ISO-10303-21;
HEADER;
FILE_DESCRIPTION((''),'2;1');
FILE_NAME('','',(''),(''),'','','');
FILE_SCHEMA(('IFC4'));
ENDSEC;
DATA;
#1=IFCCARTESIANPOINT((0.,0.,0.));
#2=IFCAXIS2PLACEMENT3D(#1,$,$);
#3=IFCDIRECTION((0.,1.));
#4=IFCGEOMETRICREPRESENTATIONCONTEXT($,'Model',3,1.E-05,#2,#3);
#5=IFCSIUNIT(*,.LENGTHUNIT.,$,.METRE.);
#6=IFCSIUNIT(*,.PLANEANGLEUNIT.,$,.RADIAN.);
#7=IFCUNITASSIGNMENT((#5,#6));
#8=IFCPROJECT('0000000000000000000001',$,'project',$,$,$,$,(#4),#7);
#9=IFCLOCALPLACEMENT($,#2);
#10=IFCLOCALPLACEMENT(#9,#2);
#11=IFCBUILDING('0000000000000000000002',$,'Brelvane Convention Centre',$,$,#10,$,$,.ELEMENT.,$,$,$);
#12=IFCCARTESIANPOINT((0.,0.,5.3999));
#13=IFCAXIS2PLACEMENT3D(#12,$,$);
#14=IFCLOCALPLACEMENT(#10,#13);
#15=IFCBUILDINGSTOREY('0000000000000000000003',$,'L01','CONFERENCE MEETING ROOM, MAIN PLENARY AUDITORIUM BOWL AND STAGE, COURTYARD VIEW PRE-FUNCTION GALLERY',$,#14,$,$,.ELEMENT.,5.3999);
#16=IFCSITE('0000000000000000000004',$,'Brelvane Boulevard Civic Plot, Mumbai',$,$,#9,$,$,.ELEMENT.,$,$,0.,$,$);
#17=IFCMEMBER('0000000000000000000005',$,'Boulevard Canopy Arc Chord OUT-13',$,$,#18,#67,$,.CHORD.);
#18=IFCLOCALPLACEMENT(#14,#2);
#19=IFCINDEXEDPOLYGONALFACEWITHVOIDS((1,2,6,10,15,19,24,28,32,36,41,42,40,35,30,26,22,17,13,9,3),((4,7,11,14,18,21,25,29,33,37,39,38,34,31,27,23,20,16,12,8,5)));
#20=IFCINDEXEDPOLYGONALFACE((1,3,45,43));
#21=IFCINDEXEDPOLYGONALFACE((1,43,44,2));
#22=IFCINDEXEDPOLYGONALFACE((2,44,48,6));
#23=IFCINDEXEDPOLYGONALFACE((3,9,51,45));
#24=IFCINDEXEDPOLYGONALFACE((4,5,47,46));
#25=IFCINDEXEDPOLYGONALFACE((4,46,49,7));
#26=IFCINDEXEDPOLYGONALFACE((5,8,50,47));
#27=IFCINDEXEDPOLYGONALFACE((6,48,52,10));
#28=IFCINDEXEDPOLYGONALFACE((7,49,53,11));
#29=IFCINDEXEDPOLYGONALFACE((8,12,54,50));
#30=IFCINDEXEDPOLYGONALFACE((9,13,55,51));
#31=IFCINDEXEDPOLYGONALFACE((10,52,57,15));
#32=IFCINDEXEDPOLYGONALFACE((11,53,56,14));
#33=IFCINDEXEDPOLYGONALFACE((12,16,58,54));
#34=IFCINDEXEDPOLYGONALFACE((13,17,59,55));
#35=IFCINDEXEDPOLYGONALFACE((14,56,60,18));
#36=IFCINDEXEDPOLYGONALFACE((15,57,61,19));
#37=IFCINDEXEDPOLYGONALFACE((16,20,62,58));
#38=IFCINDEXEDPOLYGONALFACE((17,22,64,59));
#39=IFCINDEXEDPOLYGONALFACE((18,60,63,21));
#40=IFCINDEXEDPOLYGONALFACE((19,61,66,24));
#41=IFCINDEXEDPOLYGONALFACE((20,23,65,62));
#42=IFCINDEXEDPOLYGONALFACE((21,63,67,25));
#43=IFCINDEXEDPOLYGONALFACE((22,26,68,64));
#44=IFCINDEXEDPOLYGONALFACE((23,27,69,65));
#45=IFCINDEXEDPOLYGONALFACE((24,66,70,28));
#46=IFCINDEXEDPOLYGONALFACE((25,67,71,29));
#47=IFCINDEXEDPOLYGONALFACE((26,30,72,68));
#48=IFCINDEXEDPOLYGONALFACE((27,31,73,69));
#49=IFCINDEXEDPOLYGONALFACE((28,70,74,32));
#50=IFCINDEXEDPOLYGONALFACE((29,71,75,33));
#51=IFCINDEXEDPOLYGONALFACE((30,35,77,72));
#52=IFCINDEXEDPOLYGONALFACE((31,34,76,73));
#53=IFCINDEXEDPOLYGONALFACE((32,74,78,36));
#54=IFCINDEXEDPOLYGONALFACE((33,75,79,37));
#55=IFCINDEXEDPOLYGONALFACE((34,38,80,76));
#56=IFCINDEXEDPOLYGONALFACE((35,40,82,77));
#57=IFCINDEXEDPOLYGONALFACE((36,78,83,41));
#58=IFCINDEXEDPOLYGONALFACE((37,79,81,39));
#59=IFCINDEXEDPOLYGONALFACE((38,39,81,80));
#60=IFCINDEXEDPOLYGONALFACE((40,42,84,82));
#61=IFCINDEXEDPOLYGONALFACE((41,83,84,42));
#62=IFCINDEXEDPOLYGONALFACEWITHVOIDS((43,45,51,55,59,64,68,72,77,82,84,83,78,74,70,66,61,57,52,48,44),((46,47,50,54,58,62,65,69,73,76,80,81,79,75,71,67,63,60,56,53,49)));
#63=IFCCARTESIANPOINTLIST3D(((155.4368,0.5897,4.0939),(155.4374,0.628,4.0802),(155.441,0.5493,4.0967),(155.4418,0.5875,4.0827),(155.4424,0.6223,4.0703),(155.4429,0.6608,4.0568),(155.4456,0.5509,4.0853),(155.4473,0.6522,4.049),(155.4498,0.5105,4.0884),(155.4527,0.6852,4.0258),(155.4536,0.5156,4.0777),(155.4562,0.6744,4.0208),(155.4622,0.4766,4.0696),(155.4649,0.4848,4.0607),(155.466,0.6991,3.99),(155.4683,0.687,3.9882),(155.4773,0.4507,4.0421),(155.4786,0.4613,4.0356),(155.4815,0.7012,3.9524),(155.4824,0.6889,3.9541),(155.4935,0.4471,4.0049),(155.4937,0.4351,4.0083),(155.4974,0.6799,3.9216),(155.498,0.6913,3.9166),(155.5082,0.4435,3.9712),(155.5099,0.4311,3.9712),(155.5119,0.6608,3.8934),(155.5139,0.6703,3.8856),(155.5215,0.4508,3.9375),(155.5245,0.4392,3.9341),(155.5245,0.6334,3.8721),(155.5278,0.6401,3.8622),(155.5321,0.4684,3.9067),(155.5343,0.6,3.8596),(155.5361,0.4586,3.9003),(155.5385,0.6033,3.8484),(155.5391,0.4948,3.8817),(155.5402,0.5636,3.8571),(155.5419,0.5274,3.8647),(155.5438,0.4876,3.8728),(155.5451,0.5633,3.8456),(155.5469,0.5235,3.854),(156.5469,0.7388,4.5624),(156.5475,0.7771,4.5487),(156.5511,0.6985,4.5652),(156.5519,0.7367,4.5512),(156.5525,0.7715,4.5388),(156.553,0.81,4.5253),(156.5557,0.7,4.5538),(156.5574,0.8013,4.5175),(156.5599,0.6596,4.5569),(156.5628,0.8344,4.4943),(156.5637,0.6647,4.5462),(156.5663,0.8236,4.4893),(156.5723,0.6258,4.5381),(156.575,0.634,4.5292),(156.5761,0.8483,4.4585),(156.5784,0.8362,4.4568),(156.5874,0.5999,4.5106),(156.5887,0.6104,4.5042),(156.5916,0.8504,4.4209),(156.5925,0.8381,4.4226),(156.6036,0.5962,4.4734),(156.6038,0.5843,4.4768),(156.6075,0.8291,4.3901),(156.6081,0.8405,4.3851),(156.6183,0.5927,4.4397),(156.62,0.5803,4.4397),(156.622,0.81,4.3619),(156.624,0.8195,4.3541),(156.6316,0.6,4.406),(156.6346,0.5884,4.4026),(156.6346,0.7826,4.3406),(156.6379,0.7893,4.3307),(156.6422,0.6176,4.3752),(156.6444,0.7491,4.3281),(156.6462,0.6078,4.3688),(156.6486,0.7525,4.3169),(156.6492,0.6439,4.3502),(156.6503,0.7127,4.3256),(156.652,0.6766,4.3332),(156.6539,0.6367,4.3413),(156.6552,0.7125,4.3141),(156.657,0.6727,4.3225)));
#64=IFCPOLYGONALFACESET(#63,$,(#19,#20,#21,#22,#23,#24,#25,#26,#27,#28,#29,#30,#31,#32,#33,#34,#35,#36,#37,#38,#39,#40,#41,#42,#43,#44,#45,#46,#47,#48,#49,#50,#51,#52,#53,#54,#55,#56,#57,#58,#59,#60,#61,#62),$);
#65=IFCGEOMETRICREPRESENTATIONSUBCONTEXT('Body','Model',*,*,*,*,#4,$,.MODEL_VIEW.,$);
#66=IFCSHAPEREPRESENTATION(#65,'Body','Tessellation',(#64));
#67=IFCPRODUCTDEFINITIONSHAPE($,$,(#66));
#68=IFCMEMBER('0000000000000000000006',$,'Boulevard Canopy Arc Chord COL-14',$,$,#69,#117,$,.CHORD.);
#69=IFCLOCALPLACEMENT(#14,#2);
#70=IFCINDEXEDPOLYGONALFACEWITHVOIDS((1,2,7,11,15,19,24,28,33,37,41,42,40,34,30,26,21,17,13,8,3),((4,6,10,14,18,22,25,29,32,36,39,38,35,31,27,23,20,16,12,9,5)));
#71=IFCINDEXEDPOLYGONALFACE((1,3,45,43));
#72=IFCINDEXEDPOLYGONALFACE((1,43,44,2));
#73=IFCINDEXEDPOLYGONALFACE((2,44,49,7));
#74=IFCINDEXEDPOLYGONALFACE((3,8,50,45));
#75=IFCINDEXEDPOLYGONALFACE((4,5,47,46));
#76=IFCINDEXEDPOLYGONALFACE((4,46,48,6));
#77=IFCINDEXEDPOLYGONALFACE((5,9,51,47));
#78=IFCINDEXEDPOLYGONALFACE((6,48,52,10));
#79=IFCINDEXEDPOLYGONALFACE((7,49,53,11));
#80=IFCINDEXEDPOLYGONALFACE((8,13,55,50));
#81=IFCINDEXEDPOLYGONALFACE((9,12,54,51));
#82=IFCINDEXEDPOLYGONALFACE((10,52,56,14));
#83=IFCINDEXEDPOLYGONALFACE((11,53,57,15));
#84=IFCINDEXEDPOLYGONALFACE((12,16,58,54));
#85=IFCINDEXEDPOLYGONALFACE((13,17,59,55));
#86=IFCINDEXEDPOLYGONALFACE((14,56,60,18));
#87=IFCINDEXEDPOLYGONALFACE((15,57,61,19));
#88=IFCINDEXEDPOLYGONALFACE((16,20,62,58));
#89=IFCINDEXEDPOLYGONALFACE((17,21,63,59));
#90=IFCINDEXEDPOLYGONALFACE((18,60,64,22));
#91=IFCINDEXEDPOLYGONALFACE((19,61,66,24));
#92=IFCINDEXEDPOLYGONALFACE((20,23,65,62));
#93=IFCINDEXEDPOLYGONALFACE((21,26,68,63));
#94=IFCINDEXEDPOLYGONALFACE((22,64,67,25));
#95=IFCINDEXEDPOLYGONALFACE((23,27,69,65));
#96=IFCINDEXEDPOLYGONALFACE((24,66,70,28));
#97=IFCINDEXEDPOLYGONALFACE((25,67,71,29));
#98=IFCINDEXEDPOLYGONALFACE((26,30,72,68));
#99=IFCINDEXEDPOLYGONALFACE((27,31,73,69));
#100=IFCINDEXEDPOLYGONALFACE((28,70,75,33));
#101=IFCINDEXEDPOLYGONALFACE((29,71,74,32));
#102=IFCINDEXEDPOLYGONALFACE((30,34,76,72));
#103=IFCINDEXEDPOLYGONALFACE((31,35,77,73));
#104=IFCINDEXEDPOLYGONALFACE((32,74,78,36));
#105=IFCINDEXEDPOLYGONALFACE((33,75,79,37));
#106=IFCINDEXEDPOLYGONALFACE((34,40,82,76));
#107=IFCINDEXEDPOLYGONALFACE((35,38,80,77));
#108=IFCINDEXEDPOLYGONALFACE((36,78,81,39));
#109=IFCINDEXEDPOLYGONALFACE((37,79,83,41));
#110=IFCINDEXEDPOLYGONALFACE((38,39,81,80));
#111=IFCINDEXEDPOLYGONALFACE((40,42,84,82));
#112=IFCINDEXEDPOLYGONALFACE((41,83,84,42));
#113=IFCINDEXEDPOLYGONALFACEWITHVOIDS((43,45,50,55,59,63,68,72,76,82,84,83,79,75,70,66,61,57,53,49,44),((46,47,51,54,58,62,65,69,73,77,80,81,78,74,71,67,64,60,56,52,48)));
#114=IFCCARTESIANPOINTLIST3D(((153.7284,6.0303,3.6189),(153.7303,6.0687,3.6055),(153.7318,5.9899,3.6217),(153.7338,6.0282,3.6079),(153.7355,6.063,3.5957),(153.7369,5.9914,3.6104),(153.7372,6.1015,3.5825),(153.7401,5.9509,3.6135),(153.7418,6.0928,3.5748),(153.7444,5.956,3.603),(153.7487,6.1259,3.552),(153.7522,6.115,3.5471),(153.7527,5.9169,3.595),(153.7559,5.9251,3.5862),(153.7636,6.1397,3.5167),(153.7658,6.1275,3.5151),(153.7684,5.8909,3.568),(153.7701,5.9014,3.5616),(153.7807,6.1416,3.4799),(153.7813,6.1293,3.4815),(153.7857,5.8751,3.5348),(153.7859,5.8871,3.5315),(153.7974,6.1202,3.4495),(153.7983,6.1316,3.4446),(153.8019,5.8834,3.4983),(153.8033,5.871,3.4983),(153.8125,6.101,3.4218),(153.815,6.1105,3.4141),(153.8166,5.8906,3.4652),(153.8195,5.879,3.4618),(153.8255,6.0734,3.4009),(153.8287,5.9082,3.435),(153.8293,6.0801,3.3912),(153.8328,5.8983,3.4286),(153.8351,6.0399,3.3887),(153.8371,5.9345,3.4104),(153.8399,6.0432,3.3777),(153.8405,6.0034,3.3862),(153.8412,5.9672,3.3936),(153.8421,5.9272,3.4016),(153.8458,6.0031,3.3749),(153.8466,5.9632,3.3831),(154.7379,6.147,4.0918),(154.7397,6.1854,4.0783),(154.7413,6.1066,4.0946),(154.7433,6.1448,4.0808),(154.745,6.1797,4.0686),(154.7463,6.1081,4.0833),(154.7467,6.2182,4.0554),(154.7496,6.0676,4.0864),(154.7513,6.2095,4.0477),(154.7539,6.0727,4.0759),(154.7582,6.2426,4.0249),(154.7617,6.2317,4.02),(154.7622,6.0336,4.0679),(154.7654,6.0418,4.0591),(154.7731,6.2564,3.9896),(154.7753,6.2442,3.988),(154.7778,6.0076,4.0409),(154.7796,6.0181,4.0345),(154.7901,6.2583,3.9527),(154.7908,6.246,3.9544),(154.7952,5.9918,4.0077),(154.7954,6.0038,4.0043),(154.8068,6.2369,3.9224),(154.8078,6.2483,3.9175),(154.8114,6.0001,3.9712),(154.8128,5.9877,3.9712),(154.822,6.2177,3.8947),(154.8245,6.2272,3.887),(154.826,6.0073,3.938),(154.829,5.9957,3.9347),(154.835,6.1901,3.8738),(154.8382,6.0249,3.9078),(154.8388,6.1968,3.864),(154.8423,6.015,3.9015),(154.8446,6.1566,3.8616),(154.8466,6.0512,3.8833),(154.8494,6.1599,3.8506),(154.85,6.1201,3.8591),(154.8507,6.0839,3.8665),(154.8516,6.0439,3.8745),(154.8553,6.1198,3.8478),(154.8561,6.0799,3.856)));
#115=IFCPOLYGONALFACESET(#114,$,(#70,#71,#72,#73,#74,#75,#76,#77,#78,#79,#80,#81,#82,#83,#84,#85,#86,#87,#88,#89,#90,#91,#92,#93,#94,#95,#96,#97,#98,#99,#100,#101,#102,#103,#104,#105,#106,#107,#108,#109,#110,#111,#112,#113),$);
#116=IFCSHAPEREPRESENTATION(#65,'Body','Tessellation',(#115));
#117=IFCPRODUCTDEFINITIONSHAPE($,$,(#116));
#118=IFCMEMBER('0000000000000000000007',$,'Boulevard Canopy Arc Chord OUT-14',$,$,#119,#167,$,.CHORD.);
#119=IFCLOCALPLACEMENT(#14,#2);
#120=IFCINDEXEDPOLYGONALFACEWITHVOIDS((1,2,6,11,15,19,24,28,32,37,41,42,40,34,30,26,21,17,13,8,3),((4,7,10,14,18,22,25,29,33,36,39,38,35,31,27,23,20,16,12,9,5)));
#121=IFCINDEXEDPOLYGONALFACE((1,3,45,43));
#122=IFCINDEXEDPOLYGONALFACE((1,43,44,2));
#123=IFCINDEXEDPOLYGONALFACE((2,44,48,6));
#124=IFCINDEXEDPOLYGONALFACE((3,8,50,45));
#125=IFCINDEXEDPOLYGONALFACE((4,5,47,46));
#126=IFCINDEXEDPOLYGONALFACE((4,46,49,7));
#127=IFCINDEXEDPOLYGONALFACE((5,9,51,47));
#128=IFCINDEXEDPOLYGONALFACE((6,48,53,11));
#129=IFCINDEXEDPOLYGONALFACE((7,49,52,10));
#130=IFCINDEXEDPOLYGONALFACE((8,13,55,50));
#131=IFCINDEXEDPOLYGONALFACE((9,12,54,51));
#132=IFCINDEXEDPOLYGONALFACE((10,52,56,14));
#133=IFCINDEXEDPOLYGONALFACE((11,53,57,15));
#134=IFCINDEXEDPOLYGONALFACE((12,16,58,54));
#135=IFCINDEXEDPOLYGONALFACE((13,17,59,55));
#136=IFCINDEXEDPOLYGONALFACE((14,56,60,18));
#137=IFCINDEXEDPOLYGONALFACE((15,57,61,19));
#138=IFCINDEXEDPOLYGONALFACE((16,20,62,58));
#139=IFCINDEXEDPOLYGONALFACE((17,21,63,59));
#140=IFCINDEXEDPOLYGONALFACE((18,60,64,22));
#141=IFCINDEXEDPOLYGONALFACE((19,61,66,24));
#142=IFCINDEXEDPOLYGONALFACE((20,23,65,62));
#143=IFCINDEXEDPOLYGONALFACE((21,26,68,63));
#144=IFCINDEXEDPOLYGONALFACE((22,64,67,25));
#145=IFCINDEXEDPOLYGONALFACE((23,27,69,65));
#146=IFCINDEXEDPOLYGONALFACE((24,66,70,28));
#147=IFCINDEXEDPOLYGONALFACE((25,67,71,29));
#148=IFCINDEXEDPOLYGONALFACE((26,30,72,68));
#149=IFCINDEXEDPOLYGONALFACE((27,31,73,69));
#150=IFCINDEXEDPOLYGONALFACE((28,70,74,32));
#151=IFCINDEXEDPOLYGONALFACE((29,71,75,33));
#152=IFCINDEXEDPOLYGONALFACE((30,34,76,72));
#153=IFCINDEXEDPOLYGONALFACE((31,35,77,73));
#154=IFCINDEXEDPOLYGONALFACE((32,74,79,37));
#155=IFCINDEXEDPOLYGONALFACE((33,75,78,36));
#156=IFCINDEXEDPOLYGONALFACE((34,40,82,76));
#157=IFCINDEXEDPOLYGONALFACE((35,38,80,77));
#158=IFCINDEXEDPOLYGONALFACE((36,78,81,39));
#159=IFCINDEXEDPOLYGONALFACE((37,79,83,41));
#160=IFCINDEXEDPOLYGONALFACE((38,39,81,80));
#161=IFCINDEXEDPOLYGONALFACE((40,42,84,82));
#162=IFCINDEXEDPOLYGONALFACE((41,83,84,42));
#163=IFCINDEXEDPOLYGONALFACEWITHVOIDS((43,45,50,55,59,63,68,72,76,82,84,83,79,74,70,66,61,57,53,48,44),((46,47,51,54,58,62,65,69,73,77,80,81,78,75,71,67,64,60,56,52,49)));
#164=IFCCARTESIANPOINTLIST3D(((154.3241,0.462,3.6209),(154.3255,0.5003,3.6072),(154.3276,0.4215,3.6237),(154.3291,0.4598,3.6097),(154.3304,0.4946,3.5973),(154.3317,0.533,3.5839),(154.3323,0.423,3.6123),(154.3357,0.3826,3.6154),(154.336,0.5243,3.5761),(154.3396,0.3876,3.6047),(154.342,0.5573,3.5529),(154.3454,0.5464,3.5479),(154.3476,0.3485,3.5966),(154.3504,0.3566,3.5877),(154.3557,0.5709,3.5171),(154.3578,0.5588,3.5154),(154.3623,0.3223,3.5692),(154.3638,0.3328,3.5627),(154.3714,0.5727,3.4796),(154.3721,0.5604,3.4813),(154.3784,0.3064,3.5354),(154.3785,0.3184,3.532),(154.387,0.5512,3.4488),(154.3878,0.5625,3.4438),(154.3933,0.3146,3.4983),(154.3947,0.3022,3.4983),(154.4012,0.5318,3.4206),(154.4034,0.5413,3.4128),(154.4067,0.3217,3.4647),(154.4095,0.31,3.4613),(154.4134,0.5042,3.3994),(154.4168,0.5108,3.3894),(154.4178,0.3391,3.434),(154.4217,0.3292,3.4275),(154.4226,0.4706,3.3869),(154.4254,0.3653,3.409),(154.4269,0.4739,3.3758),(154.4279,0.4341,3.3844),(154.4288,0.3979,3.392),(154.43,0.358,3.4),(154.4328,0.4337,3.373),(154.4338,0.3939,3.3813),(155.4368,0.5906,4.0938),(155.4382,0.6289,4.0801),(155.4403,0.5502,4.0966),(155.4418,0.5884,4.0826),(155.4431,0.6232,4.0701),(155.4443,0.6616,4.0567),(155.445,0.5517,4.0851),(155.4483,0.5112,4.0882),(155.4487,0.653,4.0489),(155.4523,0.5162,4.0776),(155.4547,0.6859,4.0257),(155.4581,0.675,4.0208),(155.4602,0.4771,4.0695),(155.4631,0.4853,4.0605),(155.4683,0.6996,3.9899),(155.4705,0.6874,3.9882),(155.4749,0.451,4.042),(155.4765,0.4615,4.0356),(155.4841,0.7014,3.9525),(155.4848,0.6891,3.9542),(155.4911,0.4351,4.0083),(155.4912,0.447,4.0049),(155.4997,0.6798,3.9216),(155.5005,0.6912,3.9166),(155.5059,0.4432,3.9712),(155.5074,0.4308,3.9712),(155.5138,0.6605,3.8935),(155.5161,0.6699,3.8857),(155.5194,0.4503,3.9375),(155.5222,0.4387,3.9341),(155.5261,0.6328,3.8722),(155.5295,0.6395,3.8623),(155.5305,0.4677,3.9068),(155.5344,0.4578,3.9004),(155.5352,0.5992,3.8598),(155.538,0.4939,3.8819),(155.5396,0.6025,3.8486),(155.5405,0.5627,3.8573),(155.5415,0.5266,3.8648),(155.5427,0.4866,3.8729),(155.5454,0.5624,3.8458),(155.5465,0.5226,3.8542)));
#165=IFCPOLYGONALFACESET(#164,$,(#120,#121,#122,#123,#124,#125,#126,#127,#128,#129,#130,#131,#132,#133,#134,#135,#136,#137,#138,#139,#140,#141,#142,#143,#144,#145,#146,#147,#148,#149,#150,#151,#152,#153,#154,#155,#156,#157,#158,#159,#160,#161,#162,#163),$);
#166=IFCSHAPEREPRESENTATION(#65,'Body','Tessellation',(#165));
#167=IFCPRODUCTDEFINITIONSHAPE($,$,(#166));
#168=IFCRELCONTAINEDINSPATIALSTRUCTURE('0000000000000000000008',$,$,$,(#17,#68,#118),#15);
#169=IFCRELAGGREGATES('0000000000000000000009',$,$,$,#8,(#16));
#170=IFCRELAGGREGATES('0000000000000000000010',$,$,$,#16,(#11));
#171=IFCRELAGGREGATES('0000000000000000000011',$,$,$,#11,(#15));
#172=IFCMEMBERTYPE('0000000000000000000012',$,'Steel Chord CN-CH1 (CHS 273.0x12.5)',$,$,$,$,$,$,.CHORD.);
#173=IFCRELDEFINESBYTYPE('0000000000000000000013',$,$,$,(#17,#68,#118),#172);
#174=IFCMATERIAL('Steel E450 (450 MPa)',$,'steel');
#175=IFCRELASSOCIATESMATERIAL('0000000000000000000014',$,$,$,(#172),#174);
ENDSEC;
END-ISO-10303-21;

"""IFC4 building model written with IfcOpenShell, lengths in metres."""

from ifc_helpers import new_model, si_unit, direction, frame, origin, origin_2d, place, context, subcontext, project, spatial, hollow_circle, extrude, material, material_profile, profile_set, type_object, element, save


model = new_model("IFC4")

# Units and contexts
model_context = context("Model", 3, precision=1e-05, world=origin(), true_north=direction((0.0, 1.0)))
body_context = subcontext(model_context, "Body", "Model", "MODEL_VIEW")
ifc_project = project(units=[si_unit("LENGTHUNIT", "METRE"), si_unit("PLANEANGLEUNIT", "RADIAN")], contexts=[model_context])

# Site, building, storey
site_placement = place(None, origin())
site = spatial("IfcSite", under=ifc_project, at=site_placement, Name="Brelvane Boulevard Civic Plot, Mumbai", CompositionType="ELEMENT", RefElevation=0.0)
building_placement = place(site_placement, origin())
building = spatial("IfcBuilding", under=site, at=building_placement, Name="Brelvane Convention Centre", CompositionType="ELEMENT")
storey_placement = place(building_placement, frame((0.0, 0.0, 5.3999)))
storey = spatial("IfcBuildingStorey", under=building, at=storey_placement, Name="L01", Description="CONFERENCE MEETING ROOM, MAIN PLENARY AUDITORIUM BOWL AND STAGE, COURTYARD VIEW PRE-FUNCTION GALLERY", CompositionType="ELEMENT", Elevation=5.3999)

# Members
ifc_material_1 = material(Name="Steel E450 (450 MPa)", Category="steel")
ifc_material_profile_1 = material_profile(ifc_material_1, hollow_circle(Radius=0.1365, WallThickness=0.0125, at=origin_2d()), Name="CHS 273.0x12.5")
ifc_profile_set_1 = profile_set([ifc_material_profile_1], Name="Steel E450 (450 MPa)")
member_type_1 = type_object("IfcMemberType", Name="Steel Chord CN-CH1 (CHS 273.0x12.5)", PredefinedType="CHORD", material=ifc_profile_set_1)
member_1_placement = place(storey_placement, frame((156.6018, 0.7156, 4.4397), z_axis=(-0.914331, -0.122863, -0.385881), x_axis=(0.133177, -0.991092, 0.0)))
element("IfcMember", 1, at=member_1_placement, inside=storey, type_object=member_type_1, Name="Boulevard Canopy Arc Chord OUT-13", PredefinedType="CHORD", context=body_context, shape_type="SweptSolid", body=[
    extrude(hollow_circle(Radius=0.1365, WallThickness=0.0125, at=origin_2d()), origin(), (0.0, 0.0, 1.0), 1.2141),
])
member_2_placement = place(storey_placement, frame((154.7971, 6.1233, 3.9712), z_axis=(-0.900645, -0.104113, -0.421898), x_axis=(0.114834, -0.993385, 0.0)))
element("IfcMember", 2, at=member_2_placement, inside=storey, type_object=member_type_1, Name="Boulevard Canopy Arc Chord COL-14", PredefinedType="CHORD", context=body_context, shape_type="SweptSolid", body=[
    extrude(hollow_circle(Radius=0.1365, WallThickness=0.0125, at=origin_2d()), origin(), (0.0, 0.0, 1.0), 1.1208),
])
member_3_placement = place(storey_placement, frame((155.4917, 0.5664, 3.9712), z_axis=(-0.915175, -0.105813, -0.388919), x_axis=(0.114856, -0.993382, 0.0)))
element("IfcMember", 3, at=member_3_placement, inside=storey, type_object=member_type_1, Name="Boulevard Canopy Arc Chord OUT-14", PredefinedType="CHORD", context=body_context, shape_type="SweptSolid", body=[
    extrude(hollow_circle(Radius=0.1365, WallThickness=0.0125, at=origin_2d()), origin(), (0.0, 0.0, 1.0), 1.2158),
])

save(model, "model.ifc")
